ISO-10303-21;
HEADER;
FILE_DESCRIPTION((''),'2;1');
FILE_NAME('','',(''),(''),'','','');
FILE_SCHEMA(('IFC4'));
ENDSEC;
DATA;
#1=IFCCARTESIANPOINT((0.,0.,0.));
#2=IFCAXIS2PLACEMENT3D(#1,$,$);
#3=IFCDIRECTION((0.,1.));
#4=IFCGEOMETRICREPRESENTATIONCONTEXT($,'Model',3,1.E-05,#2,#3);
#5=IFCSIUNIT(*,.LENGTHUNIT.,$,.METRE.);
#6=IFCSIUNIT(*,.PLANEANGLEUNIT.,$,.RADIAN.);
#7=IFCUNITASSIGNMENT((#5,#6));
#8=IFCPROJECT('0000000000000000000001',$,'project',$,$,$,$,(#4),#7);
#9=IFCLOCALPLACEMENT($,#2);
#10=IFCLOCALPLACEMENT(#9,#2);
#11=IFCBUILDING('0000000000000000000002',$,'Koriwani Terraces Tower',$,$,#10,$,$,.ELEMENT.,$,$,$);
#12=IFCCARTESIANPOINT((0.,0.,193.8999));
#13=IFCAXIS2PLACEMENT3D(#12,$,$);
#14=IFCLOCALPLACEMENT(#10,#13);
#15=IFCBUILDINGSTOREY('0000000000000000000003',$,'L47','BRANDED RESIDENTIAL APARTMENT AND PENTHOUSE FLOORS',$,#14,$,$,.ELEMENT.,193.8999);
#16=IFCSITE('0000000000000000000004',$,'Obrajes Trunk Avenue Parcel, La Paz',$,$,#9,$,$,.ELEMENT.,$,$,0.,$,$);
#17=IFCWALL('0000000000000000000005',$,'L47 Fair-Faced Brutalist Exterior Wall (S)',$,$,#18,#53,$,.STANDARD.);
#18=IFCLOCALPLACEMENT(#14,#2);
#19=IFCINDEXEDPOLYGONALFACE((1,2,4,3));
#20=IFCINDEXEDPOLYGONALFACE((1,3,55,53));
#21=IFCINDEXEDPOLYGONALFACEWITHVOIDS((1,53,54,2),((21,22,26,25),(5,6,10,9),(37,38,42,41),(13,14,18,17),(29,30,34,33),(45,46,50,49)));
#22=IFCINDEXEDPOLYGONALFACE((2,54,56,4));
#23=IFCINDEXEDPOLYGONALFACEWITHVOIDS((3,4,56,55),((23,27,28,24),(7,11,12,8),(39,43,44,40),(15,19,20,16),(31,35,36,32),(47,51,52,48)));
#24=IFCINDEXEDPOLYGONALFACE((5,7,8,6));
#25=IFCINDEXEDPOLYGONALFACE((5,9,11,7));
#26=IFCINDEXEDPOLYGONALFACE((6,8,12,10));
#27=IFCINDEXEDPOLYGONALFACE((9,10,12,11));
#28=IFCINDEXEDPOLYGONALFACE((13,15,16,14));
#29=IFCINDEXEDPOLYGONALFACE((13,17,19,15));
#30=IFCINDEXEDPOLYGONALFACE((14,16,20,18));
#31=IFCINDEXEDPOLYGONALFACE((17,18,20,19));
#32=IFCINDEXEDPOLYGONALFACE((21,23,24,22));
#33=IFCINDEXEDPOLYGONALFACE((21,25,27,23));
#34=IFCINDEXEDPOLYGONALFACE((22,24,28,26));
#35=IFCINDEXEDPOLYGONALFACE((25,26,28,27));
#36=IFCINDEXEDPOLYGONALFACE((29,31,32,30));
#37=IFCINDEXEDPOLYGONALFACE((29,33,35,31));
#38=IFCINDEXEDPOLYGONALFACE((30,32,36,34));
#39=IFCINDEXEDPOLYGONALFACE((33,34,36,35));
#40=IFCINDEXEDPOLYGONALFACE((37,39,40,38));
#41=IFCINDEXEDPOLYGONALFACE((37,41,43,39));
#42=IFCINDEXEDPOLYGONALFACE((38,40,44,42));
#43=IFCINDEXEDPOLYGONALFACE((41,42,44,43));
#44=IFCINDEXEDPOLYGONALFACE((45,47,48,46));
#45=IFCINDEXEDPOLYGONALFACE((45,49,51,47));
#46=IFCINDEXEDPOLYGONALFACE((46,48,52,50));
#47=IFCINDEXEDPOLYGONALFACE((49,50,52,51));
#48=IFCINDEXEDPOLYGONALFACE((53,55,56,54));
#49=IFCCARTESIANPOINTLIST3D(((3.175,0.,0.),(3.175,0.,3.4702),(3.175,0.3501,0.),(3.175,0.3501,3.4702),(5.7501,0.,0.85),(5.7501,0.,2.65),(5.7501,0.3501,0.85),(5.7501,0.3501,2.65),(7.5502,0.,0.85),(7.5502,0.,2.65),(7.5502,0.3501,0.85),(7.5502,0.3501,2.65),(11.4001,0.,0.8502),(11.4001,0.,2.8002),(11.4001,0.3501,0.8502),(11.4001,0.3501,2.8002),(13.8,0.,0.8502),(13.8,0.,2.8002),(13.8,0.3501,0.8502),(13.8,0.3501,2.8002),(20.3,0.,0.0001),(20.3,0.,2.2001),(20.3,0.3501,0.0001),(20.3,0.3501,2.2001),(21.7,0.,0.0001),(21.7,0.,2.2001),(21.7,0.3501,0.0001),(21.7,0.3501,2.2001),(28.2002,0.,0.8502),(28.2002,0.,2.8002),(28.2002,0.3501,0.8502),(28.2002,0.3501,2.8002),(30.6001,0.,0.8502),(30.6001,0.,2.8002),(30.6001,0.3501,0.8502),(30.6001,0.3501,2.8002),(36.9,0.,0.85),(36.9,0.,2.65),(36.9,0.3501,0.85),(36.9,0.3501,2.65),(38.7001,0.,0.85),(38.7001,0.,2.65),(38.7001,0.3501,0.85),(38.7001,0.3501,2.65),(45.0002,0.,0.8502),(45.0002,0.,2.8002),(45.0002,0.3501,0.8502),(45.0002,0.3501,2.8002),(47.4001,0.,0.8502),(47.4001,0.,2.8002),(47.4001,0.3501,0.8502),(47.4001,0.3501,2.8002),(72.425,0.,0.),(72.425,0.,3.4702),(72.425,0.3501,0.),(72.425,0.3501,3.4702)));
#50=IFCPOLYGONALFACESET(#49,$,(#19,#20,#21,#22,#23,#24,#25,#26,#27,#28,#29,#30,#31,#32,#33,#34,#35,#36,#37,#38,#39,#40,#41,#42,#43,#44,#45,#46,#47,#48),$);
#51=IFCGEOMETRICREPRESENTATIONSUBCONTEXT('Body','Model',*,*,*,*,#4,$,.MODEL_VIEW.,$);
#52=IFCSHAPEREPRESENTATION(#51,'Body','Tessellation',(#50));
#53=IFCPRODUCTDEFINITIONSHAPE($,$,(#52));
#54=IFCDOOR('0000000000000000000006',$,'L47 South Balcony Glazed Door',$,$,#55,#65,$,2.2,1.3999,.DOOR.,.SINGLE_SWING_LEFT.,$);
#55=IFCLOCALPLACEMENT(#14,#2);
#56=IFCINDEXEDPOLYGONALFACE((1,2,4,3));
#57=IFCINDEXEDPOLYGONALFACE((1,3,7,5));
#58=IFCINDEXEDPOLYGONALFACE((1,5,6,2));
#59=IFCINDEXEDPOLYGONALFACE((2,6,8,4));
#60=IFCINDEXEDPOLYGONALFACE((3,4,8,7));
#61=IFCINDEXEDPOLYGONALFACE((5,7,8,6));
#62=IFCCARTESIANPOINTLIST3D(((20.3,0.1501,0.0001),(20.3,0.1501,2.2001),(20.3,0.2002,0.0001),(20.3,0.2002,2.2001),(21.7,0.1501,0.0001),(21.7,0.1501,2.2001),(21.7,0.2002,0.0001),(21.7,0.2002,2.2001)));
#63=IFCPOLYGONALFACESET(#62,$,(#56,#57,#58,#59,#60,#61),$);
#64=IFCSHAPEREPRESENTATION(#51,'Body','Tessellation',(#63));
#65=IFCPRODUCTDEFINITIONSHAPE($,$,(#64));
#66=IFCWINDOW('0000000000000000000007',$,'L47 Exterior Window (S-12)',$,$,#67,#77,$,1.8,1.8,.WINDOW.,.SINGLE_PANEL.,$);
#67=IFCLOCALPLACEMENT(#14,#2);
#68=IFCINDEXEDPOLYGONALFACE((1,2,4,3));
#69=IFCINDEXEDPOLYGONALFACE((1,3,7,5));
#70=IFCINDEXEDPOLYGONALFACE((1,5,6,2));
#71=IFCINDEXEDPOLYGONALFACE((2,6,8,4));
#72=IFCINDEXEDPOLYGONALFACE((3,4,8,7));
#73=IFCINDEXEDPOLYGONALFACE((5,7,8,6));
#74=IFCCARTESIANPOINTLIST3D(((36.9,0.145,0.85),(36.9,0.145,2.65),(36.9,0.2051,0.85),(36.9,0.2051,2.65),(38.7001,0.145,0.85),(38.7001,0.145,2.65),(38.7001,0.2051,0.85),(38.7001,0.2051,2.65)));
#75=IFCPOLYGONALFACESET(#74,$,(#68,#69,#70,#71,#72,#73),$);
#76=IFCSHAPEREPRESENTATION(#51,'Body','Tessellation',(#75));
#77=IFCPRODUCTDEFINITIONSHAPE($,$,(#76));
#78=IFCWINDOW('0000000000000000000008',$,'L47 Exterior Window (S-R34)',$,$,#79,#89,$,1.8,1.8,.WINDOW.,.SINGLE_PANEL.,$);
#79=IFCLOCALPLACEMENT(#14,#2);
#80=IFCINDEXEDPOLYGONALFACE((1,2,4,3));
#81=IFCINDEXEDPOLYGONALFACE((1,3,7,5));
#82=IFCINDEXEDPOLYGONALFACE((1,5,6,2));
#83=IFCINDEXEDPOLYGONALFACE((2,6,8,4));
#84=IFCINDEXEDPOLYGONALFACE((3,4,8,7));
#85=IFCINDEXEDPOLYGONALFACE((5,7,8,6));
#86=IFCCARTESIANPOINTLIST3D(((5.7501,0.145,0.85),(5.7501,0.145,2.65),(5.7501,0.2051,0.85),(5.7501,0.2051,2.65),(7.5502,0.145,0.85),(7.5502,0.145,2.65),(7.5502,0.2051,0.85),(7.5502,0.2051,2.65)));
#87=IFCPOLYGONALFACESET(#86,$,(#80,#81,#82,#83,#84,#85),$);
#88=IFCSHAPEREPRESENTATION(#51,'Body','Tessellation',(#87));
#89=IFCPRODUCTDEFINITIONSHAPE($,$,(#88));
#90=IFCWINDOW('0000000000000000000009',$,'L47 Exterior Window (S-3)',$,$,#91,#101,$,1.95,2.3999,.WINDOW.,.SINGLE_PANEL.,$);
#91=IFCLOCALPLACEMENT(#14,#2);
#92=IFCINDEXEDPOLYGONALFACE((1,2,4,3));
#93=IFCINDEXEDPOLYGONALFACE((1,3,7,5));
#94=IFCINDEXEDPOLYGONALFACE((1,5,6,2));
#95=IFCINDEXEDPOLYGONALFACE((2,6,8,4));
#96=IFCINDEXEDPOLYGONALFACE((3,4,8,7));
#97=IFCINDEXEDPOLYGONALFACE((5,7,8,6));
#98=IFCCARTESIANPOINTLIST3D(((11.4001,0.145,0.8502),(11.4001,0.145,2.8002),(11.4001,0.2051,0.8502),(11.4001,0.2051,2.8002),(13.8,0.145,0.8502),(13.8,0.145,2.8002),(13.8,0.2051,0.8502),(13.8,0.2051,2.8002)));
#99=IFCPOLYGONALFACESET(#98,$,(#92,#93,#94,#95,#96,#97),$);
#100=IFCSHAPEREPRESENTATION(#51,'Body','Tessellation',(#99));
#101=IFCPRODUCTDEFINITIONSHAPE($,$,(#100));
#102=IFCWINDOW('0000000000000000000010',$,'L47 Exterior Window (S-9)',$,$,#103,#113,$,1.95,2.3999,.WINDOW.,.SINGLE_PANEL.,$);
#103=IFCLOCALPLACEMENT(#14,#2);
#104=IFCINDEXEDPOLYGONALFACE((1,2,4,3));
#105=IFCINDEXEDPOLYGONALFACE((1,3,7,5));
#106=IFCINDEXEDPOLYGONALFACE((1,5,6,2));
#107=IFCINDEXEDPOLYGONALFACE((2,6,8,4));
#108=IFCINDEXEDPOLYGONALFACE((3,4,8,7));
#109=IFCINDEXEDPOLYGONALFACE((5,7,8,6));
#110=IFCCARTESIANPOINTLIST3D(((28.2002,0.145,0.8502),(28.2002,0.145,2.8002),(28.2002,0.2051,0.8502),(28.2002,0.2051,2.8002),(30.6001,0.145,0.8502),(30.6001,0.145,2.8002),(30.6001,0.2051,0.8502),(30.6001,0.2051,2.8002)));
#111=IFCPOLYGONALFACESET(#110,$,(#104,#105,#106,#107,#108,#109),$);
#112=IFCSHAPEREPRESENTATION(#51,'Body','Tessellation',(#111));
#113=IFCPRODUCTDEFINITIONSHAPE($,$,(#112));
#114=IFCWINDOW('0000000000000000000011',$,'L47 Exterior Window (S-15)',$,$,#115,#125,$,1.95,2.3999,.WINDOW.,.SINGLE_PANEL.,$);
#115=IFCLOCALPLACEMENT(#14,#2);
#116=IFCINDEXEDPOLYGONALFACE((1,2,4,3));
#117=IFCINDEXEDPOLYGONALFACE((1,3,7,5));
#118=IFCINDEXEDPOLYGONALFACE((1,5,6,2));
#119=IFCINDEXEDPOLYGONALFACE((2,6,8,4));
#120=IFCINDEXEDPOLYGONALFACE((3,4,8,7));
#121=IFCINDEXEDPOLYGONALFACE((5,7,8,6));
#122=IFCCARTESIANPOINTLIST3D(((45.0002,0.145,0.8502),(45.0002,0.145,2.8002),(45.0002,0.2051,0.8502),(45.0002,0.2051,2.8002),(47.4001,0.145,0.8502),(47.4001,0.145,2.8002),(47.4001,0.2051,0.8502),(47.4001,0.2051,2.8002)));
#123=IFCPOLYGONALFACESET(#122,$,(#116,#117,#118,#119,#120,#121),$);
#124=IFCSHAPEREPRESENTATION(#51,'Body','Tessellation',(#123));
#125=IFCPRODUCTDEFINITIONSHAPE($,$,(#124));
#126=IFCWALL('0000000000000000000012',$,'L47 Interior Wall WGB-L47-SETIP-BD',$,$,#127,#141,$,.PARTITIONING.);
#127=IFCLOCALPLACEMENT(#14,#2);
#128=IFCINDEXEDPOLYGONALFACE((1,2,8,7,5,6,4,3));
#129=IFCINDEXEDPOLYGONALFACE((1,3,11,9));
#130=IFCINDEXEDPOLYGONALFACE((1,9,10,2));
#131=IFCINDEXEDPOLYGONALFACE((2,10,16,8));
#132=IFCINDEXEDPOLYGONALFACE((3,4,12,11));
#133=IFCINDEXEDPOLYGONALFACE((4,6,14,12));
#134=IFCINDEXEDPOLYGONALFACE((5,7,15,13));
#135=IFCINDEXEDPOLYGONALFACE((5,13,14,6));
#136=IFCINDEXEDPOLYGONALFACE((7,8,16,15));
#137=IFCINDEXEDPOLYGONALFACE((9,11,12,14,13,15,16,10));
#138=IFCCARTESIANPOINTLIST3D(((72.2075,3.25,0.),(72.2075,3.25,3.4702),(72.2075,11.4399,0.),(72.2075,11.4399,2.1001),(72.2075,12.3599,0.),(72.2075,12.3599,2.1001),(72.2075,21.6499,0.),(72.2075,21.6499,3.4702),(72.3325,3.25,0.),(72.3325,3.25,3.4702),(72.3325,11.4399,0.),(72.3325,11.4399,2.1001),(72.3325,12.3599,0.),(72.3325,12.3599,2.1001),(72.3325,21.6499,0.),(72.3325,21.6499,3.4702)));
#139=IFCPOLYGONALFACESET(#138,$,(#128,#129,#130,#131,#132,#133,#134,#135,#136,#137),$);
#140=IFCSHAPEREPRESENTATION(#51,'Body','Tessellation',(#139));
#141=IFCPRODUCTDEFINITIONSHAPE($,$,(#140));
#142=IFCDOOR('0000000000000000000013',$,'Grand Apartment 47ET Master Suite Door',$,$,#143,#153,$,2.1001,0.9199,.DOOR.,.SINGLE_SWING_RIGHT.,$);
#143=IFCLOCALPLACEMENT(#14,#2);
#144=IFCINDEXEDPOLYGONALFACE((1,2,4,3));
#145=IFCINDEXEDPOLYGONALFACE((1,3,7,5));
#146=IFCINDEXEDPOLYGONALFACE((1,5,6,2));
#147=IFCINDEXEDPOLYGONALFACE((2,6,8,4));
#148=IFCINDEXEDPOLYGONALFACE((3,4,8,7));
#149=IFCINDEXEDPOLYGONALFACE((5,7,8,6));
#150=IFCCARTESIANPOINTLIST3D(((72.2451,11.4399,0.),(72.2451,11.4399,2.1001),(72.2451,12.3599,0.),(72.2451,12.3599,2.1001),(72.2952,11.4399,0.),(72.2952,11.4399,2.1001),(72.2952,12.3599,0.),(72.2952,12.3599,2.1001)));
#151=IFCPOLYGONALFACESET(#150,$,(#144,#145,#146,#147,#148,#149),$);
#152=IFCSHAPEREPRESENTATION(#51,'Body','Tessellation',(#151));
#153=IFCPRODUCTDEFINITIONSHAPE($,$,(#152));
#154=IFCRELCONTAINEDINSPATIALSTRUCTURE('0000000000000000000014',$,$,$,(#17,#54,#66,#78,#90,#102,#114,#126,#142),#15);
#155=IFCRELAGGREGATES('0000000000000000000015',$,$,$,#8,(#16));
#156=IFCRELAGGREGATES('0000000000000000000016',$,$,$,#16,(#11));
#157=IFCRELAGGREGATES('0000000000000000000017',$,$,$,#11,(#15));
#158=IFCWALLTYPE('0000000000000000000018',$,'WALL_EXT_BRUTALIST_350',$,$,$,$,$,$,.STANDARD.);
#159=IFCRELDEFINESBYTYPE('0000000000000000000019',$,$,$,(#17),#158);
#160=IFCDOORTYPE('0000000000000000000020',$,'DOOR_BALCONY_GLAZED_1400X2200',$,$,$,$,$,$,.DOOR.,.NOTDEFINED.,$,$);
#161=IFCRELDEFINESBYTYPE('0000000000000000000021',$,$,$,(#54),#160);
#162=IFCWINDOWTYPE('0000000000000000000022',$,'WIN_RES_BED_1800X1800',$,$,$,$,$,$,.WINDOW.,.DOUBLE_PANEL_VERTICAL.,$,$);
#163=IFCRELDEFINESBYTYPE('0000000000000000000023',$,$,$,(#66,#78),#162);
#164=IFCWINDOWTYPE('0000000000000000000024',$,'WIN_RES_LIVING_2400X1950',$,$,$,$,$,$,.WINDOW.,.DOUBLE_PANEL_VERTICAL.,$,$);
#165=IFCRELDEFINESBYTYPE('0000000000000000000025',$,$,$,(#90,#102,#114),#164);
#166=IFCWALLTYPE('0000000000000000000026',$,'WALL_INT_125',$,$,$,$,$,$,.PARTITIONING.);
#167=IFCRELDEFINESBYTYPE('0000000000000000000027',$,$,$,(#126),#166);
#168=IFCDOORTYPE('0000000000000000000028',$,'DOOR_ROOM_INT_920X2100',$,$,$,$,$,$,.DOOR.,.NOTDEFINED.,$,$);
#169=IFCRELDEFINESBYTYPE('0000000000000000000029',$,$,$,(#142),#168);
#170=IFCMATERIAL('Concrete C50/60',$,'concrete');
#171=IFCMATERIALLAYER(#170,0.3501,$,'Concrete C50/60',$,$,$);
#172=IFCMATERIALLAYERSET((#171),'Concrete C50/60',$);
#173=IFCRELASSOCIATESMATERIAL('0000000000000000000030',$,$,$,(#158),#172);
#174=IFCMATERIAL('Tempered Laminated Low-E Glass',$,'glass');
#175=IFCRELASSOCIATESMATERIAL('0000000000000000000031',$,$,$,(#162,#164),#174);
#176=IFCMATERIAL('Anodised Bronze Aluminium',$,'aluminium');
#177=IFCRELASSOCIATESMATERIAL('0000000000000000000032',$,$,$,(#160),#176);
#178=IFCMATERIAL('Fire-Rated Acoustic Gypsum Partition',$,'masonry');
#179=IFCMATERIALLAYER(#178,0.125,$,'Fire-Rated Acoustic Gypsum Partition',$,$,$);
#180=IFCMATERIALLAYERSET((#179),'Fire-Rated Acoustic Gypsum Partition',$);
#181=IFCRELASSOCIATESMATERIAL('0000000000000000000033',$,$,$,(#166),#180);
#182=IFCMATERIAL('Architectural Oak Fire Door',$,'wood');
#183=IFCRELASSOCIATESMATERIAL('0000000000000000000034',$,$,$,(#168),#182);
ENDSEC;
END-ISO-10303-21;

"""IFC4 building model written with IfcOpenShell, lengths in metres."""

from ifc_helpers import new_model, si_unit, direction, frame, frame_2d, origin, place, context, subcontext, project, spatial, rectangle, extrude, material, layer, layer_set, type_object, element, fill, save


model = new_model("IFC4")

# Units and contexts
model_context = context("Model", 3, precision=1e-05, world=origin(), true_north=direction((0.0, 1.0)))
body_context = subcontext(model_context, "Body", "Model", "MODEL_VIEW")
ifc_project = project(units=[si_unit("LENGTHUNIT", "METRE"), si_unit("PLANEANGLEUNIT", "RADIAN")], contexts=[model_context])

# Site, building, storey
site_placement = place(None, origin())
site = spatial("IfcSite", under=ifc_project, at=site_placement, Name="Obrajes Trunk Avenue Parcel, La Paz", CompositionType="ELEMENT", RefElevation=0.0)
building_placement = place(site_placement, origin())
building = spatial("IfcBuilding", under=site, at=building_placement, Name="Koriwani Terraces Tower", CompositionType="ELEMENT")
storey_placement = place(building_placement, frame((0.0, 0.0, 193.8999)))
storey = spatial("IfcBuildingStorey", under=building, at=storey_placement, Name="L47", Description="BRANDED RESIDENTIAL APARTMENT AND PENTHOUSE FLOORS", CompositionType="ELEMENT", Elevation=193.8999)

# Shared definitions
ifc_material_1 = material(Name="Concrete C50/60", Category="concrete")

# Shared definitions
ifc_material_2 = material(Name="Architectural Oak Fire Door", Category="wood")

# Shared definitions
ifc_layer_1 = layer(ifc_material_1, 0.3501, Name="Concrete C50/60")
ifc_layer_set_1 = layer_set([ifc_layer_1], Name="Concrete C50/60")
wall_type_1 = type_object("IfcWallType", Name="WALL_EXT_BRUTALIST_350", PredefinedType="STANDARD", material=ifc_layer_set_1)
ifc_material_3 = material(Name="Tempered Laminated Low-E Glass", Category="glass")
window_type_1 = type_object("IfcWindowType", Name="WIN_RES_BED_1800X1800", PartitioningType="DOUBLE_PANEL_VERTICAL", PredefinedType="WINDOW", material=ifc_material_3)

# Wall, openings, door, windows
wall_1_placement = place(storey_placement, frame((72.425, 0.175, 0.0), z_axis=(0.0, 0.0, 1.0), x_axis=(-1.0, 0.0, 0.0)))
wall_1 = element("IfcWall", 1, at=wall_1_placement, inside=storey, type_object=wall_type_1, Name="L47 Fair-Faced Brutalist Exterior Wall (S)", PredefinedType="STANDARD", context=body_context, shape_type="SweptSolid", body=[
    extrude(rectangle(XDim=69.25, YDim=0.3501, at=frame_2d((34.625, 0.0))), origin(), (0.0, 0.0, 1.0), 3.4702),
])
opening_1_placement = place(wall_1_placement, frame((50.7251, 0.0, 0.0)))
opening_1 = element("IfcOpeningElement", 2, at=opening_1_placement, cuts=wall_1, PredefinedType="OPENING", context=body_context, shape_type="SweptSolid", body=[
    extrude(rectangle(XDim=1.3999, YDim=2.2, at=frame_2d((0.7, 1.1001))), frame((0.0, 0.1851, 0.0), z_axis=(0.0, -1.0, 0.0), x_axis=(1.0, 0.0, 0.0)), (0.0, 0.0, 1.0), 0.3701),
])
opening_2_placement = place(wall_1_placement, frame((58.625, 0.0, 0.8501)))
opening_2 = element("IfcOpeningElement", 3, at=opening_2_placement, cuts=wall_1, PredefinedType="OPENING", context=body_context, shape_type="SweptSolid", body=[
    extrude(rectangle(XDim=2.3999, YDim=1.95, at=frame_2d((1.2, 0.9751))), frame((0.0, 0.1851, 0.0), z_axis=(0.0, -1.0, 0.0), x_axis=(1.0, 0.0, 0.0)), (0.0, 0.0, 1.0), 0.3701),
])
opening_3_placement = place(wall_1_placement, frame((41.825, 0.0, 0.8501)))
opening_3 = element("IfcOpeningElement", 4, at=opening_3_placement, cuts=wall_1, PredefinedType="OPENING", context=body_context, shape_type="SweptSolid", body=[
    extrude(rectangle(XDim=2.3999, YDim=1.95, at=frame_2d((1.2, 0.9751))), frame((0.0, 0.1851, 0.0), z_axis=(0.0, -1.0, 0.0), x_axis=(1.0, 0.0, 0.0)), (0.0, 0.0, 1.0), 0.3701),
])
opening_4_placement = place(wall_1_placement, frame((33.7251, 0.0, 0.8501)))
opening_4 = element("IfcOpeningElement", 5, at=opening_4_placement, cuts=wall_1, PredefinedType="OPENING", context=body_context, shape_type="SweptSolid", body=[
    extrude(rectangle(XDim=1.8, YDim=1.8, at=frame_2d((0.8999, 0.8999))), frame((0.0, 0.1851, 0.0), z_axis=(0.0, -1.0, 0.0), x_axis=(1.0, 0.0, 0.0)), (0.0, 0.0, 1.0), 0.3701),
])
opening_5_placement = place(wall_1_placement, frame((25.0249, 0.0, 0.8501)))
opening_5 = element("IfcOpeningElement", 6, at=opening_5_placement, cuts=wall_1, PredefinedType="OPENING", context=body_context, shape_type="SweptSolid", body=[
    extrude(rectangle(XDim=2.3999, YDim=1.95, at=frame_2d((1.2, 0.9751))), frame((0.0, 0.1851, 0.0), z_axis=(0.0, -1.0, 0.0), x_axis=(1.0, 0.0, 0.0)), (0.0, 0.0, 1.0), 0.3701),
])
opening_6_placement = place(wall_1_placement, frame((64.875, 0.0, 0.8501)))
opening_6 = element("IfcOpeningElement", 7, at=opening_6_placement, cuts=wall_1, PredefinedType="OPENING", context=body_context, shape_type="SweptSolid", body=[
    extrude(rectangle(XDim=1.8, YDim=1.8, at=frame_2d((0.8999, 0.8999))), frame((0.0, 0.1851, 0.0), z_axis=(0.0, -1.0, 0.0), x_axis=(1.0, 0.0, 0.0)), (0.0, 0.0, 1.0), 0.3701),
])
ifc_material_4 = material(Name="Anodised Bronze Aluminium", Category="aluminium")
door_type_1 = type_object("IfcDoorType", Name="DOOR_BALCONY_GLAZED_1400X2200", OperationType="NOTDEFINED", PredefinedType="DOOR", material=ifc_material_4)
door_1_placement = place(opening_1_placement, origin())
door_1 = element("IfcDoor", 8, at=door_1_placement, inside=storey, type_object=door_type_1, Name="L47 South Balcony Glazed Door", OperationType="SINGLE_SWING_LEFT", OverallHeight=2.2, OverallWidth=1.3999, PredefinedType="DOOR", context=body_context, shape_type="SweptSolid", body=[
    extrude(rectangle(XDim=1.3999, YDim=2.2, at=frame_2d((0.7, 1.1001))), frame((0.0, 0.0249, 0.0), z_axis=(0.0, -1.0, 0.0), x_axis=(1.0, 0.0, 0.0)), (0.0, 0.0, 1.0), 0.05),
])
fill(opening_1, door_1)
window_1_placement = place(opening_4_placement, origin())
window_1 = element("IfcWindow", 9, at=window_1_placement, inside=storey, type_object=window_type_1, Name="L47 Exterior Window (S-12)", OverallHeight=1.8, OverallWidth=1.8, PartitioningType="SINGLE_PANEL", PredefinedType="WINDOW", context=body_context, shape_type="SweptSolid", body=[
    extrude(rectangle(XDim=1.8, YDim=1.8, at=frame_2d((0.8999, 0.8999))), frame((0.0, 0.03, 0.0), z_axis=(0.0, -1.0, 0.0), x_axis=(1.0, 0.0, 0.0)), (0.0, 0.0, 1.0), 0.0601),
])
fill(opening_4, window_1)
window_2_placement = place(opening_6_placement, origin())
window_2 = element("IfcWindow", 10, at=window_2_placement, inside=storey, type_object=window_type_1, Name="L47 Exterior Window (S-R34)", OverallHeight=1.8, OverallWidth=1.8, PartitioningType="SINGLE_PANEL", PredefinedType="WINDOW", context=body_context, shape_type="SweptSolid", body=[
    extrude(rectangle(XDim=1.8, YDim=1.8, at=frame_2d((0.8999, 0.8999))), frame((0.0, 0.03, 0.0), z_axis=(0.0, -1.0, 0.0), x_axis=(1.0, 0.0, 0.0)), (0.0, 0.0, 1.0), 0.0601),
])
fill(opening_6, window_2)
window_type_2 = type_object("IfcWindowType", Name="WIN_RES_LIVING_2400X1950", PartitioningType="DOUBLE_PANEL_VERTICAL", PredefinedType="WINDOW", material=ifc_material_3)
window_3_placement = place(opening_2_placement, origin())
window_3 = element("IfcWindow", 11, at=window_3_placement, inside=storey, type_object=window_type_2, Name="L47 Exterior Window (S-3)", OverallHeight=1.95, OverallWidth=2.3999, PartitioningType="SINGLE_PANEL", PredefinedType="WINDOW", context=body_context, shape_type="SweptSolid", body=[
    extrude(rectangle(XDim=2.3999, YDim=1.95, at=frame_2d((1.2, 0.9751))), frame((0.0, 0.03, 0.0), z_axis=(0.0, -1.0, 0.0), x_axis=(1.0, 0.0, 0.0)), (0.0, 0.0, 1.0), 0.0601),
])
fill(opening_2, window_3)
window_4_placement = place(opening_3_placement, origin())
window_4 = element("IfcWindow", 12, at=window_4_placement, inside=storey, type_object=window_type_2, Name="L47 Exterior Window (S-9)", OverallHeight=1.95, OverallWidth=2.3999, PartitioningType="SINGLE_PANEL", PredefinedType="WINDOW", context=body_context, shape_type="SweptSolid", body=[
    extrude(rectangle(XDim=2.3999, YDim=1.95, at=frame_2d((1.2, 0.9751))), frame((0.0, 0.03, 0.0), z_axis=(0.0, -1.0, 0.0), x_axis=(1.0, 0.0, 0.0)), (0.0, 0.0, 1.0), 0.0601),
])
fill(opening_3, window_4)
window_5_placement = place(opening_5_placement, origin())
window_5 = element("IfcWindow", 13, at=window_5_placement, inside=storey, type_object=window_type_2, Name="L47 Exterior Window (S-15)", OverallHeight=1.95, OverallWidth=2.3999, PartitioningType="SINGLE_PANEL", PredefinedType="WINDOW", context=body_context, shape_type="SweptSolid", body=[
    extrude(rectangle(XDim=2.3999, YDim=1.95, at=frame_2d((1.2, 0.9751))), frame((0.0, 0.03, 0.0), z_axis=(0.0, -1.0, 0.0), x_axis=(1.0, 0.0, 0.0)), (0.0, 0.0, 1.0), 0.0601),
])
fill(opening_5, window_5)

# Wall, opening, door
ifc_material_5 = material(Name="Fire-Rated Acoustic Gypsum Partition", Category="masonry")
ifc_layer_2 = layer(ifc_material_5, 0.125, Name="Fire-Rated Acoustic Gypsum Partition")
ifc_layer_set_2 = layer_set([ifc_layer_2], Name="Fire-Rated Acoustic Gypsum Partition")
wall_type_2 = type_object("IfcWallType", Name="WALL_INT_125", PredefinedType="PARTITIONING", material=ifc_layer_set_2)
wall_2_placement = place(storey_placement, frame((72.27, 3.25, 0.0), z_axis=(0.0, 0.0, 1.0), x_axis=(0.0, 1.0, 0.0)))
wall_2 = element("IfcWall", 14, at=wall_2_placement, inside=storey, type_object=wall_type_2, Name="L47 Interior Wall WGB-L47-SETIP-BD", PredefinedType="PARTITIONING", context=body_context, shape_type="SweptSolid", body=[
    extrude(rectangle(XDim=18.3999, YDim=0.125, at=frame_2d((9.2, 0.0))), origin(), (0.0, 0.0, 1.0), 3.4702),
])
opening_7_placement = place(wall_2_placement, frame((8.1899, 0.0, 0.0)))
opening_7 = element("IfcOpeningElement", 15, at=opening_7_placement, cuts=wall_2, PredefinedType="OPENING", context=body_context, shape_type="SweptSolid", body=[
    extrude(rectangle(XDim=0.9199, YDim=2.1001, at=frame_2d((0.46, 1.05))), frame((0.0, 0.0725, 0.0), z_axis=(0.0, -1.0, 0.0), x_axis=(1.0, 0.0, 0.0)), (0.0, 0.0, 1.0), 0.145),
])
door_type_2 = type_object("IfcDoorType", Name="DOOR_ROOM_INT_920X2100", OperationType="NOTDEFINED", PredefinedType="DOOR", material=ifc_material_2)
door_2_placement = place(opening_7_placement, origin())
door_2 = element("IfcDoor", 16, at=door_2_placement, inside=storey, type_object=door_type_2, Name="Grand Apartment 47ET Master Suite Door", OperationType="SINGLE_SWING_RIGHT", OverallHeight=2.1001, OverallWidth=0.9199, PredefinedType="DOOR", context=body_context, shape_type="SweptSolid", body=[
    extrude(rectangle(XDim=0.9199, YDim=2.1001, at=frame_2d((0.46, 1.05))), frame((0.0, 0.0249, 0.0), z_axis=(0.0, -1.0, 0.0), x_axis=(1.0, 0.0, 0.0)), (0.0, 0.0, 1.0), 0.05),
])
fill(opening_7, door_2)

save(model, "model.ifc")
